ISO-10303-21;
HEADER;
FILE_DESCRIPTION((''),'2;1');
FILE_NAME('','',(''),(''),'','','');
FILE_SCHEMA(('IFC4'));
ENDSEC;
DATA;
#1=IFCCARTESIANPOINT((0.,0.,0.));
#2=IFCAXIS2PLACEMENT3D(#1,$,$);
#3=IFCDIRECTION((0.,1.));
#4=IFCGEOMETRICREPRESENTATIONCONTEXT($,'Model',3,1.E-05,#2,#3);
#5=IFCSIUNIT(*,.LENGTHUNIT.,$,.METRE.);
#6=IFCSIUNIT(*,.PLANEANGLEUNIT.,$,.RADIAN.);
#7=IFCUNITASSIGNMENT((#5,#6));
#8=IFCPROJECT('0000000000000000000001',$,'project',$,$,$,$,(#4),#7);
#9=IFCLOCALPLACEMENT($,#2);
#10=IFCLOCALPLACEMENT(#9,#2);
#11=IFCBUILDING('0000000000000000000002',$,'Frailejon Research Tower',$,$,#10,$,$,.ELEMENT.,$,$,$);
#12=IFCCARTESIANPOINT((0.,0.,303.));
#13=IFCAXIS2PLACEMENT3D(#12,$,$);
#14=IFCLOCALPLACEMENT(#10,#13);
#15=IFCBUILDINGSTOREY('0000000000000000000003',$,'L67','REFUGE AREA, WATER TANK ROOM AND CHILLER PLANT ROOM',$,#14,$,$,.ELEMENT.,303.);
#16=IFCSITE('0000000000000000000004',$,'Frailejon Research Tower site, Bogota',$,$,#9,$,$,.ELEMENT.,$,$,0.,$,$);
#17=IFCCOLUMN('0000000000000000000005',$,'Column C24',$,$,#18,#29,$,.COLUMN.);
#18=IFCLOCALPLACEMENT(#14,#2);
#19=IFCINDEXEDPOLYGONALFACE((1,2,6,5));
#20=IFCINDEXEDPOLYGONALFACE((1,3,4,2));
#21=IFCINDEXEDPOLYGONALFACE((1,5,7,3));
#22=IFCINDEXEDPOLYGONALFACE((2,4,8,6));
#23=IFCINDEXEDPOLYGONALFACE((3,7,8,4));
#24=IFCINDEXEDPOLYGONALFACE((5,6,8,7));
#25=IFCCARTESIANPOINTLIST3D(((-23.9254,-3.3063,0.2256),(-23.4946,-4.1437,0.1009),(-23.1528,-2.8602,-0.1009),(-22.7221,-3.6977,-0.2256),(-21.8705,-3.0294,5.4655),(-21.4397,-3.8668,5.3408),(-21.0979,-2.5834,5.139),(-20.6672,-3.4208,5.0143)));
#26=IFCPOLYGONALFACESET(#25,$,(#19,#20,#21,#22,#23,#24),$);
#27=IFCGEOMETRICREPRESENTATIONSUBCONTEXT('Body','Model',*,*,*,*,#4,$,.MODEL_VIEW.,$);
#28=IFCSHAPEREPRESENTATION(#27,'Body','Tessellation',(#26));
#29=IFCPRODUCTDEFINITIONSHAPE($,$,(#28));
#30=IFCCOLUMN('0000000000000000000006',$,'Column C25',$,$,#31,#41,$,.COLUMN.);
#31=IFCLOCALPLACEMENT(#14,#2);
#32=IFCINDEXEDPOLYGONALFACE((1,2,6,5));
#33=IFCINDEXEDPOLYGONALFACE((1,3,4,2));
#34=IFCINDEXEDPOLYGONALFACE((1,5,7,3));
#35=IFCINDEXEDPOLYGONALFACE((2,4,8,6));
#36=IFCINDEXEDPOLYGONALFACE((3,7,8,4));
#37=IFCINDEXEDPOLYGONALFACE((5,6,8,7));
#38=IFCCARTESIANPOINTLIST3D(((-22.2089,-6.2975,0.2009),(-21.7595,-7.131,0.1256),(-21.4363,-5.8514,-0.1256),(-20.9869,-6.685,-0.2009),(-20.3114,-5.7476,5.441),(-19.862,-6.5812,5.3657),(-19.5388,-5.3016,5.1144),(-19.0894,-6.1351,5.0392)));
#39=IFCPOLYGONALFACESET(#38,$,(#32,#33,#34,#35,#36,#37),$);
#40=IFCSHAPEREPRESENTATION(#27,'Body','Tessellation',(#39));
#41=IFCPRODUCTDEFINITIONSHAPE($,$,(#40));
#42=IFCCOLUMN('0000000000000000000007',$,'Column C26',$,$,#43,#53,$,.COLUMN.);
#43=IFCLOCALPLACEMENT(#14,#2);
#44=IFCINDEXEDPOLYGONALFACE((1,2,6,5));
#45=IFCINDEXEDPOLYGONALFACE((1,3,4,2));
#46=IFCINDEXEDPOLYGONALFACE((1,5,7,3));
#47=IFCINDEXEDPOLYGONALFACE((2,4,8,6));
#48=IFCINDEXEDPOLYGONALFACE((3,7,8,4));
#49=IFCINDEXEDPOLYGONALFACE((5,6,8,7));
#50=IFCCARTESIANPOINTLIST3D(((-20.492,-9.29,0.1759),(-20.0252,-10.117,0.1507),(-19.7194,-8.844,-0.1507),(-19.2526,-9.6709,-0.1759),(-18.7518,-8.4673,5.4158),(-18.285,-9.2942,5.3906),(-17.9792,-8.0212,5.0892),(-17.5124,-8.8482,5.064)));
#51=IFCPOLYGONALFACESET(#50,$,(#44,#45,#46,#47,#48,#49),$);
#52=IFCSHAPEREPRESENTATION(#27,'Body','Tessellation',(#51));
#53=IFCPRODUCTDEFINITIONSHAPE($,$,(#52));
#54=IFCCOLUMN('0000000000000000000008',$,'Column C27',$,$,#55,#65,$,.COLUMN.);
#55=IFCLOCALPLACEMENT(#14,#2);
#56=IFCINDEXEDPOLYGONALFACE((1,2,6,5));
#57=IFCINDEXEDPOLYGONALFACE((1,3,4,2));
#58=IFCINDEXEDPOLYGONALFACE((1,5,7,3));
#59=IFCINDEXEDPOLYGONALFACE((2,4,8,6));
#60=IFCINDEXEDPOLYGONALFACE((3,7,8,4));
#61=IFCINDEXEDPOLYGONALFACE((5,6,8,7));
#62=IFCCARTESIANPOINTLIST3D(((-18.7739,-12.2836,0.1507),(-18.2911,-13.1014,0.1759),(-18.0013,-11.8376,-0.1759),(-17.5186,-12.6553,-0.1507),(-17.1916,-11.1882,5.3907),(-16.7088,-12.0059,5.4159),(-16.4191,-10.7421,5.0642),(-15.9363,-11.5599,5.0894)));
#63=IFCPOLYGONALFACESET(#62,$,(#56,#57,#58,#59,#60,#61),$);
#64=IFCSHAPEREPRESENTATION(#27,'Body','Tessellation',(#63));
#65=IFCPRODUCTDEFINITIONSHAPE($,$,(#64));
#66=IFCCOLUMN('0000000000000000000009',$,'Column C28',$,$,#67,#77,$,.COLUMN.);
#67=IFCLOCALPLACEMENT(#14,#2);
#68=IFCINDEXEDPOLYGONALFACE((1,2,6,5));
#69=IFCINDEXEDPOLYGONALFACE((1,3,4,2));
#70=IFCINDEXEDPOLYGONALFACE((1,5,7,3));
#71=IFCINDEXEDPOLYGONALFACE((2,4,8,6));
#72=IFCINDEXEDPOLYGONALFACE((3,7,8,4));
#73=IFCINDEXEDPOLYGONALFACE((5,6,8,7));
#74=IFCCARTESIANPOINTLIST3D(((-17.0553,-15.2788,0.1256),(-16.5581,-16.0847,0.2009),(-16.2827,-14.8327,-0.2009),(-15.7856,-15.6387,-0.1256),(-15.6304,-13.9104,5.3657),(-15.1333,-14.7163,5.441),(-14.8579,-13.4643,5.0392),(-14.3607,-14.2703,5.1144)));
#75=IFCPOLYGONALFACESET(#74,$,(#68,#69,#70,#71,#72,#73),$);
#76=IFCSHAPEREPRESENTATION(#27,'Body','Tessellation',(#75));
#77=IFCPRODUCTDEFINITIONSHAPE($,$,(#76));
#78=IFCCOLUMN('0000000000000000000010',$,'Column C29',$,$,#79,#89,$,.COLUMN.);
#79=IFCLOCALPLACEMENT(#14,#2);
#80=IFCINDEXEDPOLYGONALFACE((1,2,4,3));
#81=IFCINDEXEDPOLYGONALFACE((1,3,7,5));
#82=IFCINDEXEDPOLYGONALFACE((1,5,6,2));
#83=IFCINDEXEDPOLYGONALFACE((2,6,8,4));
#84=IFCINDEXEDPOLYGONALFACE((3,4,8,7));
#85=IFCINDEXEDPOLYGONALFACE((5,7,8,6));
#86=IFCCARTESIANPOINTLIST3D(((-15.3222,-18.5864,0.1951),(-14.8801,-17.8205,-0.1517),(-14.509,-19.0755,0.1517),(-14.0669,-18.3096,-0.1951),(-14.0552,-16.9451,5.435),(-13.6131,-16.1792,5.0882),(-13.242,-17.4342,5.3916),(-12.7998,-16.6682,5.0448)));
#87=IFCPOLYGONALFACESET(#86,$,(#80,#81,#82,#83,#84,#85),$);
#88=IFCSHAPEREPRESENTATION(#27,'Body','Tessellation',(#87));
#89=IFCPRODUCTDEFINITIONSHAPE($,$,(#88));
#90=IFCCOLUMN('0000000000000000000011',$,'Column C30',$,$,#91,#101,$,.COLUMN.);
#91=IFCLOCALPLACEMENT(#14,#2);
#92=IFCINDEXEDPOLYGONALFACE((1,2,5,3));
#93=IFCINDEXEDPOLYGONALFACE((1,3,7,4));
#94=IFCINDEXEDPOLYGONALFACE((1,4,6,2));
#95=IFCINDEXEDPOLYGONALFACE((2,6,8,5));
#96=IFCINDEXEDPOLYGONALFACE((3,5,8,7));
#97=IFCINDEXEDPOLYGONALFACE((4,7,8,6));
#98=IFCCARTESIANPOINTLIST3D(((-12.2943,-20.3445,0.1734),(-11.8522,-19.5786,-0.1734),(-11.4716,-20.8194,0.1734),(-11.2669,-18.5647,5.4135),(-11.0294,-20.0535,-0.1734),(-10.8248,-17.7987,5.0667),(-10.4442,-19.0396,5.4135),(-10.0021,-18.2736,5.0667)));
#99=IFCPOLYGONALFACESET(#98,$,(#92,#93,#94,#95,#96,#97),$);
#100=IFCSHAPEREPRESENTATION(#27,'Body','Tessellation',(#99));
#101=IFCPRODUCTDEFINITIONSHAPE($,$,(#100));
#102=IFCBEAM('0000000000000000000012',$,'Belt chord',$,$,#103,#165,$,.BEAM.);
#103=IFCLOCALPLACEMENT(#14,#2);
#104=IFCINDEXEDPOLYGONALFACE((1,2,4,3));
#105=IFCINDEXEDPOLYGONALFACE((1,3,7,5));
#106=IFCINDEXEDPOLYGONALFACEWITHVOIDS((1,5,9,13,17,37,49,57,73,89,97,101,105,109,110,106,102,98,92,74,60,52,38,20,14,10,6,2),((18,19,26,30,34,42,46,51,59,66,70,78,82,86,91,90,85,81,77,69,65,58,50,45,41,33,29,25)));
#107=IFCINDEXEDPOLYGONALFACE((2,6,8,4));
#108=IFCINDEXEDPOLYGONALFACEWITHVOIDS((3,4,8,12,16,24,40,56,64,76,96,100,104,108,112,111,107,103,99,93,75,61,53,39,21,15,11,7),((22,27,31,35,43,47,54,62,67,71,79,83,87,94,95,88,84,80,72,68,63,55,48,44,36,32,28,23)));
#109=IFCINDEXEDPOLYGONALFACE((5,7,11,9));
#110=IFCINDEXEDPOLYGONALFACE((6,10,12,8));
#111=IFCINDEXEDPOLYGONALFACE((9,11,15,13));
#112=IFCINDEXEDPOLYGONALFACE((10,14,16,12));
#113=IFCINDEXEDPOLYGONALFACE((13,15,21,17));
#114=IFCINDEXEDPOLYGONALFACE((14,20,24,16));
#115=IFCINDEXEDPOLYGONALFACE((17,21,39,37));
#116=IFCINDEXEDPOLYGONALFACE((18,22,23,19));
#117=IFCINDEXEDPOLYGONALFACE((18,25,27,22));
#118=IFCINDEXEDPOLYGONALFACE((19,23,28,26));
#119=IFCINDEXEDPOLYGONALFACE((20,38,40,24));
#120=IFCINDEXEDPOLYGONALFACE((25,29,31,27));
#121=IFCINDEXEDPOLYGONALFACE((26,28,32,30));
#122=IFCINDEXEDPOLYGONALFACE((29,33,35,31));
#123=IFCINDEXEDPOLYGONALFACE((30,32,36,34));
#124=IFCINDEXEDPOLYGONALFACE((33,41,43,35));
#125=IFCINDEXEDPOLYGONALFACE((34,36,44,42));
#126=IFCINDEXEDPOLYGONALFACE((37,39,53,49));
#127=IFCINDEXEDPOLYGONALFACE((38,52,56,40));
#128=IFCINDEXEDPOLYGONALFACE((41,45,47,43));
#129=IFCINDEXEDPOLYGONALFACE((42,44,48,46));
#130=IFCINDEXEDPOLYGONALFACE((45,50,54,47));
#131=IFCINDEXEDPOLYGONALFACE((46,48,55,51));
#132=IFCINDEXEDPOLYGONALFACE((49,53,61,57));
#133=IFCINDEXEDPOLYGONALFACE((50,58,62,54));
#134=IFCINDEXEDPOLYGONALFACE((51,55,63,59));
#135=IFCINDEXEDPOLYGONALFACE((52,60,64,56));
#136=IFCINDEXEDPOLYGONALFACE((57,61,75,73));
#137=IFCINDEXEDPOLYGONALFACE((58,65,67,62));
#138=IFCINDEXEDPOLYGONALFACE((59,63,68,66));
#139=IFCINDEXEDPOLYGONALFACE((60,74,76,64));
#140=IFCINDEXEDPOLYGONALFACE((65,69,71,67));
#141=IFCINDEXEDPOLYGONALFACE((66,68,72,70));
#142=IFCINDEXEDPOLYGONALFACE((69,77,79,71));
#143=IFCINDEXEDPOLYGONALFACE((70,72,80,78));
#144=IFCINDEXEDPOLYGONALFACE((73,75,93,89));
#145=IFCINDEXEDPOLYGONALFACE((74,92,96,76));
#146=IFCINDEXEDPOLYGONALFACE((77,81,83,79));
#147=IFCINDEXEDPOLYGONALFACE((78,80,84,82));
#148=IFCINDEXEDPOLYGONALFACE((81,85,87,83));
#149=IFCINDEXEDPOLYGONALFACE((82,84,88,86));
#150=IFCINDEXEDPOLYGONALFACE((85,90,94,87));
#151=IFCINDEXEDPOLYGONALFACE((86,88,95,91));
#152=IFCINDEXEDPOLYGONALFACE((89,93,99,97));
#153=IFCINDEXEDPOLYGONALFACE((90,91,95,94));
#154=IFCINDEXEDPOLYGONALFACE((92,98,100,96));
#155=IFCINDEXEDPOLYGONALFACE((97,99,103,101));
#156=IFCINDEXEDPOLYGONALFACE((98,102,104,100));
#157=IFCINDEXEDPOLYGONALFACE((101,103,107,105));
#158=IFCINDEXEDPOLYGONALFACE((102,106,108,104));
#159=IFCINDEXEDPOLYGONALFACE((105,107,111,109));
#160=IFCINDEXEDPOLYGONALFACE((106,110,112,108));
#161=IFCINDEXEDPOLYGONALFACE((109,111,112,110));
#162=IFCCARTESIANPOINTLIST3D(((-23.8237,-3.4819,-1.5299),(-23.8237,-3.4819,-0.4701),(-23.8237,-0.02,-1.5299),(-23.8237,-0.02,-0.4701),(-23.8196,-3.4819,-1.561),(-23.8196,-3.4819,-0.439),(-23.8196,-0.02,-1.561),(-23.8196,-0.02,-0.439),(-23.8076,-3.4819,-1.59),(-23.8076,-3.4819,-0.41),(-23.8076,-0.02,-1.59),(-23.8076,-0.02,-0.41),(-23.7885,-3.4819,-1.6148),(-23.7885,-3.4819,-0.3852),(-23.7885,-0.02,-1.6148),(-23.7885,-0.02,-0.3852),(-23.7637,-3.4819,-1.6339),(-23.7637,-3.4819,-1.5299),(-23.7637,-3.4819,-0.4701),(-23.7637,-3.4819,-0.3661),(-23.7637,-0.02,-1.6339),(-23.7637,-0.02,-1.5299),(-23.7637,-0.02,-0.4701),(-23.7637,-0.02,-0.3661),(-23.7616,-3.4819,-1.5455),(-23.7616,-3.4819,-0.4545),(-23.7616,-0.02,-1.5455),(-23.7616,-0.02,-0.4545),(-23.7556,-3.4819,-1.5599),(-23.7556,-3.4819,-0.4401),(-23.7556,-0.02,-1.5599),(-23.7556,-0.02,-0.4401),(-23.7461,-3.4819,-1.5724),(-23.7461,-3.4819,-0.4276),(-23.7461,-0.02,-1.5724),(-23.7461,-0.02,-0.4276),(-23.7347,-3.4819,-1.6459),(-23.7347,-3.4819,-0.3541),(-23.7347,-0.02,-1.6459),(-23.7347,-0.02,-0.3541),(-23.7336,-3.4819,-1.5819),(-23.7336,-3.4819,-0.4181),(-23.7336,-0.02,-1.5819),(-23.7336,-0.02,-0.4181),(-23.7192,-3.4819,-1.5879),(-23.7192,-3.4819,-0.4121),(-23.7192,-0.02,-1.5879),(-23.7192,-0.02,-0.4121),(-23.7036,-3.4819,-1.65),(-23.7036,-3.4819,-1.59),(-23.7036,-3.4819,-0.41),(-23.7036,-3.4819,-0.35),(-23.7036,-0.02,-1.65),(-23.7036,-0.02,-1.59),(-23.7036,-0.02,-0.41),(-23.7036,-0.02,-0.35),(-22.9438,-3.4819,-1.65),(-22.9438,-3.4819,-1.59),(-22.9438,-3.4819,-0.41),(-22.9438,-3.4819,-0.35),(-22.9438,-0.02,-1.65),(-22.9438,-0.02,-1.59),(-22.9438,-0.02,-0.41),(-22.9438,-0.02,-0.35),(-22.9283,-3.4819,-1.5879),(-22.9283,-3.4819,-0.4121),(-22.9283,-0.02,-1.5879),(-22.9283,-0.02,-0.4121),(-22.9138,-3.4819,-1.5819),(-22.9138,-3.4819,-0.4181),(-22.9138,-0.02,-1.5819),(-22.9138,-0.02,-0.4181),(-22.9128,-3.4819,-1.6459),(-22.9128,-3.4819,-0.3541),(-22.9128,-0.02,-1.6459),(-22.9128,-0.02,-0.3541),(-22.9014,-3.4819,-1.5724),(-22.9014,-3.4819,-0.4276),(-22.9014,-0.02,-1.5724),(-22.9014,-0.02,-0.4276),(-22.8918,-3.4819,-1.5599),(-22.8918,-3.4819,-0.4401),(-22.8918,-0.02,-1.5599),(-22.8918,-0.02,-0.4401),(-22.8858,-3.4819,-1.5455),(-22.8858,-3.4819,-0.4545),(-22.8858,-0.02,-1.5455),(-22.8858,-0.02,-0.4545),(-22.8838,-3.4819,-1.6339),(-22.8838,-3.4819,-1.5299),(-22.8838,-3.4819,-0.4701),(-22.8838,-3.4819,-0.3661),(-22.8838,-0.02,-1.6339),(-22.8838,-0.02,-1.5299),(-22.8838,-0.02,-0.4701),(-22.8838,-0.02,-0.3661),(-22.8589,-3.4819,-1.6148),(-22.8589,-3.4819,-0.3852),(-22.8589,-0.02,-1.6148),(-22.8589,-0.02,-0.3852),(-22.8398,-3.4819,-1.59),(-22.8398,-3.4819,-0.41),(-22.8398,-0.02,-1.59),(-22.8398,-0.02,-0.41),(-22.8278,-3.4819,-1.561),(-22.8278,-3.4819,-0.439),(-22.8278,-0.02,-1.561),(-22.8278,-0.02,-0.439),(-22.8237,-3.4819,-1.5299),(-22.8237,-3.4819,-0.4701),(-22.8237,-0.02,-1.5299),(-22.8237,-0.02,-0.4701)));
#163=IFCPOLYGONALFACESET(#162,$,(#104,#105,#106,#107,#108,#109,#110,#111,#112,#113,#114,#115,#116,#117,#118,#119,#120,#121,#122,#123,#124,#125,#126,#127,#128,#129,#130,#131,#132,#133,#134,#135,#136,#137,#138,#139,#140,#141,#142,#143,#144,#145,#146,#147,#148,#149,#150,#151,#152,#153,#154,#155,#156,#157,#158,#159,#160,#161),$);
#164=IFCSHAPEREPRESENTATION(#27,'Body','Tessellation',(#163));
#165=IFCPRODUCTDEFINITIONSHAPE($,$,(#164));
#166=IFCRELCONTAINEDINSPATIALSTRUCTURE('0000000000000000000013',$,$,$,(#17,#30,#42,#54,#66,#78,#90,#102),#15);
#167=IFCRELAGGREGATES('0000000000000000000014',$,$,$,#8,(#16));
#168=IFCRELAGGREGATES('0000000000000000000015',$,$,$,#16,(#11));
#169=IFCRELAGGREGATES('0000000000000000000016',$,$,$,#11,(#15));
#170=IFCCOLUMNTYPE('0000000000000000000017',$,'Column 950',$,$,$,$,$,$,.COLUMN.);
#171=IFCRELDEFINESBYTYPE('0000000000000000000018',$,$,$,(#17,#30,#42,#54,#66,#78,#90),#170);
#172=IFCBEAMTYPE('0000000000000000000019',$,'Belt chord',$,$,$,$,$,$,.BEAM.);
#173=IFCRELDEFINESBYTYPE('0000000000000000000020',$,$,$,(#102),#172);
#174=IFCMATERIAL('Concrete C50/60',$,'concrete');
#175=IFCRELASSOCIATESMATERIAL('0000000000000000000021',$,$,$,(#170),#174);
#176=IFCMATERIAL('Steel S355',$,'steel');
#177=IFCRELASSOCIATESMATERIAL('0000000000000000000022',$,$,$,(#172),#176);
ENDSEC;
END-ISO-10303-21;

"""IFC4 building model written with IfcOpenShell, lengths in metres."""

from ifc_helpers import new_model, si_unit, direction, frame, origin, origin_2d, place, context, subcontext, project, spatial, rectangle, hollow_rectangle, extrude, material, material_profile, profile_set, type_object, element, save


model = new_model("IFC4")

# Units and contexts
model_context = context("Model", 3, precision=1e-05, world=origin(), true_north=direction((0.0, 1.0)))
body_context = subcontext(model_context, "Body", "Model", "MODEL_VIEW")
ifc_project = project(units=[si_unit("LENGTHUNIT", "METRE"), si_unit("PLANEANGLEUNIT", "RADIAN")], contexts=[model_context])

# Site, building, storey
site_placement = place(None, origin())
site = spatial("IfcSite", under=ifc_project, at=site_placement, Name="Frailejon Research Tower site, Bogota", CompositionType="ELEMENT", RefElevation=0.0)
building_placement = place(site_placement, origin())
building = spatial("IfcBuilding", under=site, at=building_placement, Name="Frailejon Research Tower", CompositionType="ELEMENT")
storey_placement = place(building_placement, frame((0.0, 0.0, 303.0)))
storey = spatial("IfcBuildingStorey", under=building, at=storey_placement, Name="L67", Description="REFUGE AREA, WATER TANK ROOM AND CHILLER PLANT ROOM", CompositionType="ELEMENT", Elevation=303.0)

# Columns
ifc_material_1 = material(Name="Concrete C50/60", Category="concrete")
ifc_material_profile_1 = material_profile(ifc_material_1, rectangle(XDim=0.95, YDim=0.95, at=origin_2d()), Name="Column 950")
ifc_profile_set_1 = profile_set([ifc_material_profile_1], Name="Concrete C50/60")
column_type = type_object("IfcColumnType", Name="Column 950", PredefinedType="COLUMN", material=ifc_profile_set_1)
column_1_placement = place(storey_placement, frame((-23.3237, -3.502, 0.0), z_axis=(0.364652, 0.049129, 0.929847), x_axis=(0.453479, -0.881548, -0.131261)))
element("IfcColumn", 1, at=column_1_placement, inside=storey, type_object=column_type, Name="Column C24", PredefinedType="COLUMN", context=body_context, shape_type="SweptSolid", body=[
    extrude(rectangle(XDim=0.95, YDim=0.95, at=origin_2d()), origin(), (0.0, 0.0, 1.0), 5.6353),
])
column_2_placement = place(storey_placement, frame((-21.5979, -6.4912, 0.0), z_axis=(0.338832, 0.098179, 0.93571), x_axis=(0.473093, -0.877441, -0.079247)))
element("IfcColumn", 2, at=column_2_placement, inside=storey, type_object=column_type, Name="Column C25", PredefinedType="COLUMN", context=body_context, shape_type="SweptSolid", body=[
    extrude(rectangle(XDim=0.95, YDim=0.95, at=origin_2d()), origin(), (0.0, 0.0, 1.0), 5.6001),
])
for number, where, z_axis, x_axis, name in (
    (3, (-19.8723, -9.4805, 0.0), (0.311738, 0.147384, 0.938668), (0.491392, -0.870535, -0.026508), "Column C26"),
    (4, (-18.1462, -12.4695, 0.0), (0.283449, 0.196241, 0.938694), (0.508203, -0.860829, 0.026505), "Column C27"),
):
    element("IfcColumn", number, at=place(storey_placement, frame(where, z_axis=z_axis, x_axis=x_axis)), inside=storey, type_object=column_type, Name=name, PredefinedType="COLUMN", context=body_context, shape_type="SweptSolid", body=[
        extrude(rectangle(XDim=0.95, YDim=0.95, at=origin_2d()), origin(), (0.0, 0.0, 1.0), 5.5823),
    ])
column_3_placement = place(storey_placement, frame((-16.4204, -15.4587, 0.0), z_axis=(0.254429, 0.244358, 0.935711), x_axis=(0.523377, -0.848408, 0.079248)))
element("IfcColumn", 5, at=column_3_placement, inside=storey, type_object=column_type, Name="Column C28", PredefinedType="COLUMN", context=body_context, shape_type="SweptSolid", body=[
    extrude(rectangle(XDim=0.95, YDim=0.95, at=origin_2d()), origin(), (0.0, 0.0, 1.0), 5.6001),
])
column_4_placement = place(storey_placement, frame((-14.6946, -18.448, 0.0), z_axis=(0.224847, 0.291261, 0.929844), x_axis=(0.856061, -0.514847, -0.045736)))
element("IfcColumn", 6, at=column_4_placement, inside=storey, type_object=column_type, Name="Column C29", PredefinedType="COLUMN", context=body_context, shape_type="SweptSolid", body=[
    extrude(rectangle(XDim=0.95, YDim=0.95, at=origin_2d()), origin(), (0.0, 0.0, 1.0), 5.6353),
])
column_5_placement = place(storey_placement, frame((-11.6619, -20.199, 0.0), z_axis=(0.182524, 0.316207, 0.930966), x_axis=(0.866068, -0.499927, 0.000003)))
element("IfcColumn", 7, at=column_5_placement, inside=storey, type_object=column_type, Name="Column C30", PredefinedType="COLUMN", context=body_context, shape_type="SweptSolid", body=[
    extrude(rectangle(XDim=0.95, YDim=0.95, at=origin_2d()), origin(), (0.0, 0.0, 1.0), 5.6287),
])

# Beam
ifc_material_2 = material(Name="Steel S355", Category="steel")
ifc_material_profile_2 = material_profile(ifc_material_2, hollow_rectangle(XDim=1.0, YDim=1.3, WallThickness=0.0601, InnerFilletRadius=0.0601, OuterFilletRadius=0.1201, at=origin_2d()), Name="Belt chord")
ifc_profile_set_2 = profile_set([ifc_material_profile_2], Name="Steel S355")
beam_type_1 = type_object("IfcBeamType", Name="Belt chord", PredefinedType="BEAM", material=ifc_profile_set_2)
beam_1_placement = place(storey_placement, frame((-23.3237, -0.02, -1.0), z_axis=(0.0, -1.0, 0.0), x_axis=(1.0, 0.0, 0.0)))
element("IfcBeam", 8, at=beam_1_placement, inside=storey, type_object=beam_type_1, Name="Belt chord", PredefinedType="BEAM", context=body_context, shape_type="SweptSolid", body=[
    extrude(hollow_rectangle(XDim=1.0, YDim=1.3, WallThickness=0.0601, InnerFilletRadius=0.0601, OuterFilletRadius=0.1201, at=origin_2d()), origin(), (0.0, 0.0, 1.0), 3.4619),
])

save(model, "model.ifc")
